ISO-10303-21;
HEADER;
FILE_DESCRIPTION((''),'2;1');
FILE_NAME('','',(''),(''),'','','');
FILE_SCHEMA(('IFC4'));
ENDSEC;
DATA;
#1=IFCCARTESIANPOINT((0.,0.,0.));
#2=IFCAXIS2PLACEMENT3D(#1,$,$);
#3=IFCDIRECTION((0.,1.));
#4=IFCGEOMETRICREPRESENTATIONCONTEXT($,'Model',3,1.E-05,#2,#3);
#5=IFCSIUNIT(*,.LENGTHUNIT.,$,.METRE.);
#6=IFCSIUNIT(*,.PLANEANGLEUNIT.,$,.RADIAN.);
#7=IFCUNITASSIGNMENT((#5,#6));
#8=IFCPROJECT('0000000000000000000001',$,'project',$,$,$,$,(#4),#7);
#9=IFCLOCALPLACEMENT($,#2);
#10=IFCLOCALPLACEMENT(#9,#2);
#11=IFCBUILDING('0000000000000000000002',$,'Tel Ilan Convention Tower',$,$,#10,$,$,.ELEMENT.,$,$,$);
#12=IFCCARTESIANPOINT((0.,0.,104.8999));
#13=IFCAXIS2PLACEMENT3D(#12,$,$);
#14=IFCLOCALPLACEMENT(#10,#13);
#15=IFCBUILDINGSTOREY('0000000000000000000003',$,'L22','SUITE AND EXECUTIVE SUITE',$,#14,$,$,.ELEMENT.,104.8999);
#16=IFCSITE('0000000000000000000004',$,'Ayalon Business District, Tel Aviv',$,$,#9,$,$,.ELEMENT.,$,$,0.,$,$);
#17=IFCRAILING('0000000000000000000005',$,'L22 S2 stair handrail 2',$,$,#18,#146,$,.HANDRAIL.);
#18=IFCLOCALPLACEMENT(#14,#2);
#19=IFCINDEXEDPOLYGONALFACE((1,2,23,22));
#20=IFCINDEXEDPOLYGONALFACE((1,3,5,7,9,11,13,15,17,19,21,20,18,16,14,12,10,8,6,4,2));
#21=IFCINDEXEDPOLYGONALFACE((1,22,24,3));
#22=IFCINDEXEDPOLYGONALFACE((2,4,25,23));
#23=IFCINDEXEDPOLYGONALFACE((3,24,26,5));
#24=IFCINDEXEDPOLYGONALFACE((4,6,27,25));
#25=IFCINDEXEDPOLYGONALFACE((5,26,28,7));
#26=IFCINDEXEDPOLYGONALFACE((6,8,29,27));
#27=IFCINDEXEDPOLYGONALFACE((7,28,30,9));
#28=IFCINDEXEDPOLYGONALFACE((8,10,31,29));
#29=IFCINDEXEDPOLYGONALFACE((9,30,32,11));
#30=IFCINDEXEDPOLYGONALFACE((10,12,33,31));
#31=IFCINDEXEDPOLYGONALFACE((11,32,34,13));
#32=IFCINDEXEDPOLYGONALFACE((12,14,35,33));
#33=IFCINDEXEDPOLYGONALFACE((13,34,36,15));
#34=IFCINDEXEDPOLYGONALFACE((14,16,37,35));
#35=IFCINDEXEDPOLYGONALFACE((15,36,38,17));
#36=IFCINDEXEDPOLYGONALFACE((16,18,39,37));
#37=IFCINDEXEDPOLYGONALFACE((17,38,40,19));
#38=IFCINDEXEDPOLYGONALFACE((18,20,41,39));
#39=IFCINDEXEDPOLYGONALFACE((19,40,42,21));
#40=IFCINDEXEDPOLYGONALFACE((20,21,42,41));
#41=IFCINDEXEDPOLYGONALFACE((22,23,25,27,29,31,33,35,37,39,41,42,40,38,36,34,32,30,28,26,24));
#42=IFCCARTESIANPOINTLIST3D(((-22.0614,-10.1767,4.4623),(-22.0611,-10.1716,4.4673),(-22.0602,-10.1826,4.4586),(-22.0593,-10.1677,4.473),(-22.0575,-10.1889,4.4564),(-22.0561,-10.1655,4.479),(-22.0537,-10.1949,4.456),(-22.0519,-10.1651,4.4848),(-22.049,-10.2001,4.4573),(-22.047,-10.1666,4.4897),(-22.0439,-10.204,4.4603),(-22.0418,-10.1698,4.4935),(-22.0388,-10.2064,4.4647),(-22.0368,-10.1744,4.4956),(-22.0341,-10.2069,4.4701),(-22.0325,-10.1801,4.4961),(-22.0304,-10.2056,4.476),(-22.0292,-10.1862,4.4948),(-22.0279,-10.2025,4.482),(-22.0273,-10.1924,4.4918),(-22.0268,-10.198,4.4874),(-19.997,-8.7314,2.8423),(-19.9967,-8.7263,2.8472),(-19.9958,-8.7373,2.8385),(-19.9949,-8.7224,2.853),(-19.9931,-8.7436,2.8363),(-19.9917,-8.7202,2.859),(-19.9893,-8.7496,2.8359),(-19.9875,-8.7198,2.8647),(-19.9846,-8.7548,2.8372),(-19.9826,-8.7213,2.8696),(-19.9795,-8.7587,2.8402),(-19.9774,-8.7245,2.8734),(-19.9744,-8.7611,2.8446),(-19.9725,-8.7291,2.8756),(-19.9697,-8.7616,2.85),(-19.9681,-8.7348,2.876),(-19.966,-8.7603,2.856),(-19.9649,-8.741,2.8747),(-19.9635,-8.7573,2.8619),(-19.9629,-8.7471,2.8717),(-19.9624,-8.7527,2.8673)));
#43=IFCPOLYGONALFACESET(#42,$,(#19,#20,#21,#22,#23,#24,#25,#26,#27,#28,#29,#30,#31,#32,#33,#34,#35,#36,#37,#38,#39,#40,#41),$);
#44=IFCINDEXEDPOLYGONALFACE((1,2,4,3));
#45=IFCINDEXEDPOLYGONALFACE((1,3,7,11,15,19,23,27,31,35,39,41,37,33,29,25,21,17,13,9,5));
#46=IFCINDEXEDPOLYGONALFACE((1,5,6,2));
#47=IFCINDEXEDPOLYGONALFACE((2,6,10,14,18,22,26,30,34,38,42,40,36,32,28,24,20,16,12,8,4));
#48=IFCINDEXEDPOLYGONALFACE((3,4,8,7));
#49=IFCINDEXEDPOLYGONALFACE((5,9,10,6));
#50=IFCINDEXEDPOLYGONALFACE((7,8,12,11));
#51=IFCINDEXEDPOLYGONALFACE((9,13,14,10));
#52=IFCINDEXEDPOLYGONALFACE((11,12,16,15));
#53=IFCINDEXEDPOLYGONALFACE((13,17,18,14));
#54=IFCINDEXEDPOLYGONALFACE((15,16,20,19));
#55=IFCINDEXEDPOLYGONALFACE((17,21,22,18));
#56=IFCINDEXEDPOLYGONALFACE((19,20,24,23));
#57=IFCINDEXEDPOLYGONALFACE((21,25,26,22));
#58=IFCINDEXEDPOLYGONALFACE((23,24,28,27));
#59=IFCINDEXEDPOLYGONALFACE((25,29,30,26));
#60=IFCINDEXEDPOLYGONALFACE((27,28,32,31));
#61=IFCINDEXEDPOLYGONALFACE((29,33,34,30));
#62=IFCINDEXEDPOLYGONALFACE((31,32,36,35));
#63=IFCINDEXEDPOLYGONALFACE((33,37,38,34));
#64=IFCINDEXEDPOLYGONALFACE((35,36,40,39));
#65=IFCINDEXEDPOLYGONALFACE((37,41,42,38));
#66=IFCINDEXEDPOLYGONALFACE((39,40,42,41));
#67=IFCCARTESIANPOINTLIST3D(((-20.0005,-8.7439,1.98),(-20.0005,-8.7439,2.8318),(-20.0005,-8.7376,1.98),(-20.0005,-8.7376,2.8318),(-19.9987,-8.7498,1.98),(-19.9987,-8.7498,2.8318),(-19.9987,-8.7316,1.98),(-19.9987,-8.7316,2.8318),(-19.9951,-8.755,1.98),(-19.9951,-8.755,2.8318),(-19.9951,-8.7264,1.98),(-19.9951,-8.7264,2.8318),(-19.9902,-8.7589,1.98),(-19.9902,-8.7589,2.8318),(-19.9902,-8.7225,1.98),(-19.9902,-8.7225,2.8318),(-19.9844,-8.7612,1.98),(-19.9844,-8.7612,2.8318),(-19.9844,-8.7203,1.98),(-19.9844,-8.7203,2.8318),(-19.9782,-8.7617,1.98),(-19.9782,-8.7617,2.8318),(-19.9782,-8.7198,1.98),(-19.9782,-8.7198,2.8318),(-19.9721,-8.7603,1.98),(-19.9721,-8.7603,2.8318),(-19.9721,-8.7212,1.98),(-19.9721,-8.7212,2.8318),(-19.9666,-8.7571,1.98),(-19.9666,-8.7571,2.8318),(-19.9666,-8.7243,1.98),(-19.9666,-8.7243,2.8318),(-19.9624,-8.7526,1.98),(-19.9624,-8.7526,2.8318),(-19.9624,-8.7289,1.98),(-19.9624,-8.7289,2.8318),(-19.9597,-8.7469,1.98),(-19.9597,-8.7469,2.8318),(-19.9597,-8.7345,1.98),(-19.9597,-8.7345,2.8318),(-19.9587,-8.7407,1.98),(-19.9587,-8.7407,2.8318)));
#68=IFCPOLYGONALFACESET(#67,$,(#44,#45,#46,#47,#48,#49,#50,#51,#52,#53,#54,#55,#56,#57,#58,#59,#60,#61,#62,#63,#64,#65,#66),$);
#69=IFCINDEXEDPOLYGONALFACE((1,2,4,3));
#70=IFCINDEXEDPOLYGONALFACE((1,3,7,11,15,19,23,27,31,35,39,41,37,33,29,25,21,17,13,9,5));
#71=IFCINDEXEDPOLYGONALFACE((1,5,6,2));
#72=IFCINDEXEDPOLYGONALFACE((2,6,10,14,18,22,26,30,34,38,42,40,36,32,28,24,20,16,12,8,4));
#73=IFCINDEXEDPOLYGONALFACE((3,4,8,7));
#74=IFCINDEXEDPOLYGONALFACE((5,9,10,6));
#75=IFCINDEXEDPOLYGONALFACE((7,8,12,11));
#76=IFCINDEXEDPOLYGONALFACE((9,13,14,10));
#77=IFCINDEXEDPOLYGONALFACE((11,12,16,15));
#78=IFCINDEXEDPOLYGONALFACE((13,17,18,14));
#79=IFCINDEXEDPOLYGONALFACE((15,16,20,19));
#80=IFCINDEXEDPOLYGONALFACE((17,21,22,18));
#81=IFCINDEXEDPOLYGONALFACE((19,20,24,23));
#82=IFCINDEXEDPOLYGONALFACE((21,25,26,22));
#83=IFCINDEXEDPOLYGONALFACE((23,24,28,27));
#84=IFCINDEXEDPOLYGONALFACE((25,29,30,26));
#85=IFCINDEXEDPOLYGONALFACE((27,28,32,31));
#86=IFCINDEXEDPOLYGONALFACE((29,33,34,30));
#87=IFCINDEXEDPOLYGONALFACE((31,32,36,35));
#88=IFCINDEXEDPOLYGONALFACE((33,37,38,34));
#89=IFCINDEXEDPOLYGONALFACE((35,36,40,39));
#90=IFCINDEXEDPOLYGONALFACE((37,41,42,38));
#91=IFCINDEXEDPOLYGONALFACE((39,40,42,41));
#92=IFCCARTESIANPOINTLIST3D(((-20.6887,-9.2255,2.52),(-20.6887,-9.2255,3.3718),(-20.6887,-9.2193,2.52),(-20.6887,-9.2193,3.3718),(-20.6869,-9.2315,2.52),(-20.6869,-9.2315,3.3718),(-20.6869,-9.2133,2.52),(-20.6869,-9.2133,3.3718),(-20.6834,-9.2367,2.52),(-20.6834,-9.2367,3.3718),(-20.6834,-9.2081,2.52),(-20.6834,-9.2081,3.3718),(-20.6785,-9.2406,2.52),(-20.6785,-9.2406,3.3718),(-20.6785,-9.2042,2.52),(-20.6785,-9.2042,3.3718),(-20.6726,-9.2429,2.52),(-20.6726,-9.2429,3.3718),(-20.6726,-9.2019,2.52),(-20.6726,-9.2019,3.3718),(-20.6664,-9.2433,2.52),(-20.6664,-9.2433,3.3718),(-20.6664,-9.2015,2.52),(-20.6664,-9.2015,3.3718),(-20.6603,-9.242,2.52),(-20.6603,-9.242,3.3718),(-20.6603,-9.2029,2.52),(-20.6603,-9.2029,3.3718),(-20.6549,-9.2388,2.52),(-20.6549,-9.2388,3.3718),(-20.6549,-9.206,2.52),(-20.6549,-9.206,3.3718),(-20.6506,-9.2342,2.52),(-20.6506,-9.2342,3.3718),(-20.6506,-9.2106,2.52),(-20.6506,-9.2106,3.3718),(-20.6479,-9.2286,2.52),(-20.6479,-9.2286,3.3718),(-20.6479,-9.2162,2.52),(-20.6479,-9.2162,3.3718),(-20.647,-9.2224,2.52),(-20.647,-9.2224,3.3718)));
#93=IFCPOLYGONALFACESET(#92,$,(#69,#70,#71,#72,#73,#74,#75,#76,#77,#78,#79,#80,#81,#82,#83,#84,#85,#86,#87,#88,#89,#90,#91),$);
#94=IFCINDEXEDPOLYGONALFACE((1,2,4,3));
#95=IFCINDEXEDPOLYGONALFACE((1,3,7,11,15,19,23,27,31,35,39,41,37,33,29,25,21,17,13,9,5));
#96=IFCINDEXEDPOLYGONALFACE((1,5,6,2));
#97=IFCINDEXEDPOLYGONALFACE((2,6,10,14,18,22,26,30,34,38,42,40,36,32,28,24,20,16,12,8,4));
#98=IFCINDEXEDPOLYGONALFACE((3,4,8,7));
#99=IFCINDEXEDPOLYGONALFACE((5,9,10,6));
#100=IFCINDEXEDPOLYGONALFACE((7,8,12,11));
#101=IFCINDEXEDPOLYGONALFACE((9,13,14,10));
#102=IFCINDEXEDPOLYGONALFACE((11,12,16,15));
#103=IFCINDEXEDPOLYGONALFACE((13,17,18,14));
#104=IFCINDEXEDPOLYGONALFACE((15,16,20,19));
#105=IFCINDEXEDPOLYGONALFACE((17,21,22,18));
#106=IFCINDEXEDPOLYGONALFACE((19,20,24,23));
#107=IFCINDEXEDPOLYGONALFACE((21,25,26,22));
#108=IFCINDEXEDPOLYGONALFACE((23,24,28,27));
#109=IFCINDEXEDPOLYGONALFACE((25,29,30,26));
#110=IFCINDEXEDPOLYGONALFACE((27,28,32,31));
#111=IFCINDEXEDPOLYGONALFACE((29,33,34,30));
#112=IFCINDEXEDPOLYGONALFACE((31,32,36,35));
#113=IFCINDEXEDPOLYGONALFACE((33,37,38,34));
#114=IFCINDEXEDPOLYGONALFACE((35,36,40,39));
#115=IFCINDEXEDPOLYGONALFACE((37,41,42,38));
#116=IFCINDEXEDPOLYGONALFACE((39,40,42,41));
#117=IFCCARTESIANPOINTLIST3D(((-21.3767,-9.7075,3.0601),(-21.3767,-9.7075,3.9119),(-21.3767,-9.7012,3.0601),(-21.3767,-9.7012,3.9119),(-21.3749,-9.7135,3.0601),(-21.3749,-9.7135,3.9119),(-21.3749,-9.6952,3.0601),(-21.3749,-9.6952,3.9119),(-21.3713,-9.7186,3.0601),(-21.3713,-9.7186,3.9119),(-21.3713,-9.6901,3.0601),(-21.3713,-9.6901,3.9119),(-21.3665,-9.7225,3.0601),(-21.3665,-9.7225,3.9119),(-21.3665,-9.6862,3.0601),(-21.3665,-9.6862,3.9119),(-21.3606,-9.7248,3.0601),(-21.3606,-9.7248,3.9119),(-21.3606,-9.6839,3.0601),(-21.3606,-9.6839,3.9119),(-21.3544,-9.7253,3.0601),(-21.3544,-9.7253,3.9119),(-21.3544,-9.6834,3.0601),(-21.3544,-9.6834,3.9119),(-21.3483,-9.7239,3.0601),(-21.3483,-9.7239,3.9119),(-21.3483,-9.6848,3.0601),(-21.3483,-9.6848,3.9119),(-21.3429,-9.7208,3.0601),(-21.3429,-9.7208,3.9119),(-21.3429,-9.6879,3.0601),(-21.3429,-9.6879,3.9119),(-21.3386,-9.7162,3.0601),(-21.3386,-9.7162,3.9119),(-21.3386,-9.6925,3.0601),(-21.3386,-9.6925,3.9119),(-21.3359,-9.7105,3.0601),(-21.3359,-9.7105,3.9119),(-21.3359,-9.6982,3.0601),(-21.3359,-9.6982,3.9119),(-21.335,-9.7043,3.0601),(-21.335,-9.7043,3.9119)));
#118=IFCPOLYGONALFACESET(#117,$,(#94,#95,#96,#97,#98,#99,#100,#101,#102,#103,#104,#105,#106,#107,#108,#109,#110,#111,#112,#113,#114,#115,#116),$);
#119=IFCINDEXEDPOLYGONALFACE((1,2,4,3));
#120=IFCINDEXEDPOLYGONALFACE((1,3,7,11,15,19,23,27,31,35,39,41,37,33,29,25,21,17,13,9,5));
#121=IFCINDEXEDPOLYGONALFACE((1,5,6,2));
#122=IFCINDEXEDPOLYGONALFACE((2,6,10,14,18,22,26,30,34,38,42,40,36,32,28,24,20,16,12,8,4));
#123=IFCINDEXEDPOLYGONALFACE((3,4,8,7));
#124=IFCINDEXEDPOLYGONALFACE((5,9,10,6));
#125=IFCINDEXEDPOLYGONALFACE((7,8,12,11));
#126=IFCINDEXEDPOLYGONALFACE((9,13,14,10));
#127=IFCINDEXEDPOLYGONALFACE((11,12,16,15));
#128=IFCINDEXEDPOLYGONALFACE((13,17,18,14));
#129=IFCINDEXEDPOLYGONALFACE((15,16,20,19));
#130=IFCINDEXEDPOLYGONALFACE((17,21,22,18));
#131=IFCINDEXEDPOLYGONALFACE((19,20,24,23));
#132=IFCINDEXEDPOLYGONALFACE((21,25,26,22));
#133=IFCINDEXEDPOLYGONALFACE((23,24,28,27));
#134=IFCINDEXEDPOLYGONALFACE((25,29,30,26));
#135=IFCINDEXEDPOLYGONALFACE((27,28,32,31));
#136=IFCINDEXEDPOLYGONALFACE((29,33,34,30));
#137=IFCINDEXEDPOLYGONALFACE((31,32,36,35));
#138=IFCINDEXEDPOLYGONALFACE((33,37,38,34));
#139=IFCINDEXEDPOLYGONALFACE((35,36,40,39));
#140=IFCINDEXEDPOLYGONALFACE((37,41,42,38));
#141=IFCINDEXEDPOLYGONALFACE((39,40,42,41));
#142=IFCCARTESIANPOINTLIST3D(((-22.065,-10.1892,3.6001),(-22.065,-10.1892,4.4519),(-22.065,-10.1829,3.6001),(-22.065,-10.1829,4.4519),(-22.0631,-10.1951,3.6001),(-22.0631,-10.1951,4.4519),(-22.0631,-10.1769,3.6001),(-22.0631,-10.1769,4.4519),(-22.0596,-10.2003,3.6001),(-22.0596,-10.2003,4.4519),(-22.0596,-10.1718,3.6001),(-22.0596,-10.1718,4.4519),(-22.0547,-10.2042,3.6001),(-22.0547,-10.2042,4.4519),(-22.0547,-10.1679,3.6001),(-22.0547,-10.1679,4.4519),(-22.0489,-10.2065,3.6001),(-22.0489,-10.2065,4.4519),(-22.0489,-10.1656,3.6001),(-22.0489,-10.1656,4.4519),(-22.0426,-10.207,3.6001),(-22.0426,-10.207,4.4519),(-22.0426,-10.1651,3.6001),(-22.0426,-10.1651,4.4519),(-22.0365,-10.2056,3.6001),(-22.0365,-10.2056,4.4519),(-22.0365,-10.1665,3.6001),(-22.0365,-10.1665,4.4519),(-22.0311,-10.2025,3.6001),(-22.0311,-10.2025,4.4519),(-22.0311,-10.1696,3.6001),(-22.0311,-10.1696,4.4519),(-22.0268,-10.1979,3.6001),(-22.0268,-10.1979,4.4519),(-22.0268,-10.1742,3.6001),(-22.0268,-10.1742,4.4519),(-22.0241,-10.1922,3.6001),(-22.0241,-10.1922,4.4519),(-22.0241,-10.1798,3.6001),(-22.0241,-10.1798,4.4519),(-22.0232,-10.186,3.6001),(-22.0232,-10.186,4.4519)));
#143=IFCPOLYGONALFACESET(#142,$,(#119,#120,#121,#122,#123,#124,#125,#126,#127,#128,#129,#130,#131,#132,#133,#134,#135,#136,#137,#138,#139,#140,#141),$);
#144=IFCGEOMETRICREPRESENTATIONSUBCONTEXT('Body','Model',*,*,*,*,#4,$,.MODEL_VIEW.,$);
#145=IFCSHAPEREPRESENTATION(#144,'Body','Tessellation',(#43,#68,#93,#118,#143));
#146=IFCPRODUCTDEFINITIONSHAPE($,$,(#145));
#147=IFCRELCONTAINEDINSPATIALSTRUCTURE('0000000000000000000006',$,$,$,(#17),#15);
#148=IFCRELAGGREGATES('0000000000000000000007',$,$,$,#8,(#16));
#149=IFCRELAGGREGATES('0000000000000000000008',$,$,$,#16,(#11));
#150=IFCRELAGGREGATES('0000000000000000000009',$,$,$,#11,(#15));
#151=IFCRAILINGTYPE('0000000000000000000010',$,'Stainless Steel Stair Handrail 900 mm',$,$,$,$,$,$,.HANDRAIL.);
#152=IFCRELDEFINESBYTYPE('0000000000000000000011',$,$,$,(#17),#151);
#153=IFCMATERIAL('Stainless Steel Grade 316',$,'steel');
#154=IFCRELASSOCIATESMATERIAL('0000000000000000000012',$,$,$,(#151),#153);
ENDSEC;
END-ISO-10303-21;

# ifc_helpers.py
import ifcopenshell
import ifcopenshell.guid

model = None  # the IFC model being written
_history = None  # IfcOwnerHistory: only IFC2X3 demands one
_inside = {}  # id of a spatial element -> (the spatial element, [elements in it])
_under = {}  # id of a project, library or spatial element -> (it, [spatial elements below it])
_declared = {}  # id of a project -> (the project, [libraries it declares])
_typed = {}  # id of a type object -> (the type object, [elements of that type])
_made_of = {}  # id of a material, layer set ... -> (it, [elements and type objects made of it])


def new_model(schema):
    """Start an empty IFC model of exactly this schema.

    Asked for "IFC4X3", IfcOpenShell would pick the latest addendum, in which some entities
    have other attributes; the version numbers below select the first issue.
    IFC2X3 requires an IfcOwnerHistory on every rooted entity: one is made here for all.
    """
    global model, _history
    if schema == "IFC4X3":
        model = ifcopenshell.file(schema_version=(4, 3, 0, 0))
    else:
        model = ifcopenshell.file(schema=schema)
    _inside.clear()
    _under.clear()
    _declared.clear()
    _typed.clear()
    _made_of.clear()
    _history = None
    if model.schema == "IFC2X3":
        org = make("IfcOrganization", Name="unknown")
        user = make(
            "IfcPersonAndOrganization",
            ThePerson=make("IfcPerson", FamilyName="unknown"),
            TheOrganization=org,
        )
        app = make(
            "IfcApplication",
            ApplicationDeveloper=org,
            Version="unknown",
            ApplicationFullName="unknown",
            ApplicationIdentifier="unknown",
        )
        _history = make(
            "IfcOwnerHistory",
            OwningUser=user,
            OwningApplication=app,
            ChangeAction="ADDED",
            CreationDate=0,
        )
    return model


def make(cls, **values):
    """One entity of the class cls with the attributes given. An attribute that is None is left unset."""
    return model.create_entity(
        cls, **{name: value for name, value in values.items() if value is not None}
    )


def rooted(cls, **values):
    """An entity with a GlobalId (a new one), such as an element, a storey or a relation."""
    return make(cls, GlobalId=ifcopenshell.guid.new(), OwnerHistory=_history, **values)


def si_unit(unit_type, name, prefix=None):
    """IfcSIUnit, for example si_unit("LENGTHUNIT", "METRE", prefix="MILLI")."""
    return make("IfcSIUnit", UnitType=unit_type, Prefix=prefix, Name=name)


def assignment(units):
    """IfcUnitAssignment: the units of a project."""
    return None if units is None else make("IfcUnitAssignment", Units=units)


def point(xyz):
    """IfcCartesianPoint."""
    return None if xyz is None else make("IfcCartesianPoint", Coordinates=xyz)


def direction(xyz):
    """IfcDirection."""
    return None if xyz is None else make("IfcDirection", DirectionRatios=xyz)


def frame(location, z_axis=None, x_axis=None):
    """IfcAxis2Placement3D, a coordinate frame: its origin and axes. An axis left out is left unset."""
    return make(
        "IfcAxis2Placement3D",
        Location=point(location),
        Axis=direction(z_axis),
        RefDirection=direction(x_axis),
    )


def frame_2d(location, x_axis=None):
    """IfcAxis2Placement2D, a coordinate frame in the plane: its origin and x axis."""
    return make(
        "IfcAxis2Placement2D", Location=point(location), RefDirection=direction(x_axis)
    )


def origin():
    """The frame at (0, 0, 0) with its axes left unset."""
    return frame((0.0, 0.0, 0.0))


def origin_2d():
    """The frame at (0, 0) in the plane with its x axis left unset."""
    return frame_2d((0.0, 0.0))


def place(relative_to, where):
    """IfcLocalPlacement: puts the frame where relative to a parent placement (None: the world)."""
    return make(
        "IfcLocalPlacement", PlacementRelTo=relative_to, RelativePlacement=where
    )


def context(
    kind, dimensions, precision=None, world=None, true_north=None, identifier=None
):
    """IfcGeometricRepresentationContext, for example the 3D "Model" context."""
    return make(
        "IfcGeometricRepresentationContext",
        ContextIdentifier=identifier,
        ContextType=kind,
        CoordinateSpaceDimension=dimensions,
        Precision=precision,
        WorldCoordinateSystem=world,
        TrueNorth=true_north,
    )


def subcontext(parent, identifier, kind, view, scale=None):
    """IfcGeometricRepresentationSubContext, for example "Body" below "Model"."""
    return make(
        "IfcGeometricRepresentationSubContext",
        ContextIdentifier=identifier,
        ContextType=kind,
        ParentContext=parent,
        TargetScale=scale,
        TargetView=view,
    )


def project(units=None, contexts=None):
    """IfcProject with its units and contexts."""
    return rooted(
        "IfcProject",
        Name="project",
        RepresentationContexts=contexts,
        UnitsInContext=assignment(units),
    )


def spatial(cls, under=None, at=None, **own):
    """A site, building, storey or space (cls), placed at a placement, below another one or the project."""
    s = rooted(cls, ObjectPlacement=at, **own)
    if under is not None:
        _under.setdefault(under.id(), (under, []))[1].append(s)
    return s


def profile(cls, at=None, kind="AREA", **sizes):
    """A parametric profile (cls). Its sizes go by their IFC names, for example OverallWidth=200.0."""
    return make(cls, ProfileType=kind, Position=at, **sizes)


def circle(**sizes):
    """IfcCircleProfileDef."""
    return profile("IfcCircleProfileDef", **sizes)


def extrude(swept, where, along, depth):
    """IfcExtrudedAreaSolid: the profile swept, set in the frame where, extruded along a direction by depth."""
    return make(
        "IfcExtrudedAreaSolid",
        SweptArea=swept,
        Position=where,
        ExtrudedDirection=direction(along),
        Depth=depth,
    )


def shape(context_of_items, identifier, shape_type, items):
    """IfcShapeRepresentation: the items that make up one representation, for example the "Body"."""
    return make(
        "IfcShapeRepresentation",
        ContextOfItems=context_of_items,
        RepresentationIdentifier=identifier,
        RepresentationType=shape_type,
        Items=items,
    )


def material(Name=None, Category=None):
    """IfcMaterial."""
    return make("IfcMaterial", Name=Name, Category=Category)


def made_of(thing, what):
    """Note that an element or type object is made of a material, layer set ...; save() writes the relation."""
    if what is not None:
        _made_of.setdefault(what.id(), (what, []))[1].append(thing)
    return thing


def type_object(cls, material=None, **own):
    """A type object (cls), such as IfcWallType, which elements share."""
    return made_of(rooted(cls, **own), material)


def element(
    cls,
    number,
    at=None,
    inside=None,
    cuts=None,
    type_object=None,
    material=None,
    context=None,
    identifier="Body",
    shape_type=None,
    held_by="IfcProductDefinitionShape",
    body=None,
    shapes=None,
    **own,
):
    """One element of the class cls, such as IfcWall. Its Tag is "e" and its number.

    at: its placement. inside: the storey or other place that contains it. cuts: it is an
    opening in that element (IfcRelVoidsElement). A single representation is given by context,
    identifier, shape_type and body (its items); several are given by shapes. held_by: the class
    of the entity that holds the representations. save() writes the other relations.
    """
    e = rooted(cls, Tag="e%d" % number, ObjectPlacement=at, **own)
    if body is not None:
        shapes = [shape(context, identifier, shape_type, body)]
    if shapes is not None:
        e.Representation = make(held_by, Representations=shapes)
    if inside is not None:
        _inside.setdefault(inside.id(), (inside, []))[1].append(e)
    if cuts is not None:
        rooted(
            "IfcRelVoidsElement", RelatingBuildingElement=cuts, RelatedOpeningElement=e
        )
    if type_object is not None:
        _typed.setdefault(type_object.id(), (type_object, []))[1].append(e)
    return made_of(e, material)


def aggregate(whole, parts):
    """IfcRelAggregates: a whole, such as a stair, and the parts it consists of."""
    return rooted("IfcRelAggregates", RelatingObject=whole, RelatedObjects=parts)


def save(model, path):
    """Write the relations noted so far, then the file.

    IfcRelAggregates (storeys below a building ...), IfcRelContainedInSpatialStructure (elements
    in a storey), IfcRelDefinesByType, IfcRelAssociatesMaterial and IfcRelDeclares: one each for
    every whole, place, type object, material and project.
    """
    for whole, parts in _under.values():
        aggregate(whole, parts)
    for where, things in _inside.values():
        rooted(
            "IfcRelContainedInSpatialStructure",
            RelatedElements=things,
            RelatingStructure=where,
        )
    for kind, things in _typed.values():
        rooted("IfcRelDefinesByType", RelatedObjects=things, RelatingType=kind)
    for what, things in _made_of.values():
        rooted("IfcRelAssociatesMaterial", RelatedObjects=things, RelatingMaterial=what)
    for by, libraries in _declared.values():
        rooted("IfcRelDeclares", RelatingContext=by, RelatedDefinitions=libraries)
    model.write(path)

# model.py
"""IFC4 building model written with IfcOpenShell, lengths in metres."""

from ifc_helpers import new_model, si_unit, direction, frame, origin, origin_2d, place, context, subcontext, project, spatial, circle, extrude, material, type_object, element, save


model = new_model("IFC4")

# Units and contexts
model_context = context("Model", 3, precision=1e-05, world=origin(), true_north=direction((0.0, 1.0)))
body_context = subcontext(model_context, "Body", "Model", "MODEL_VIEW")
ifc_project = project(units=[si_unit("LENGTHUNIT", "METRE"), si_unit("PLANEANGLEUNIT", "RADIAN")], contexts=[model_context])

# Site, building, storey
site_placement = place(None, origin())
site = spatial("IfcSite", under=ifc_project, at=site_placement, Name="Ayalon Business District, Tel Aviv", CompositionType="ELEMENT", RefElevation=0.0)
building_placement = place(site_placement, origin())
building = spatial("IfcBuilding", under=site, at=building_placement, Name="Tel Ilan Convention Tower", CompositionType="ELEMENT")
storey_placement = place(building_placement, frame((0.0, 0.0, 104.8999)))
storey = spatial("IfcBuildingStorey", under=building, at=storey_placement, Name="L22", Description="SUITE AND EXECUTIVE SUITE", CompositionType="ELEMENT", Elevation=104.8999)

# Railing
ifc_material_1 = material(Name="Stainless Steel Grade 316", Category="steel")
railing_type_1 = type_object("IfcRailingType", Name="Stainless Steel Stair Handrail 900 mm", PredefinedType="HANDRAIL", material=ifc_material_1)
railing_1_placement = place(storey_placement, frame((-19.9797, -8.7407, 1.98)))
element("IfcRailing", 1, at=railing_1_placement, inside=storey, type_object=railing_type_1, Name="L22 S2 stair handrail 2", PredefinedType="HANDRAIL", context=body_context, shape_type="SweptSolid", body=[
    extrude(circle(Radius=0.0239, at=origin_2d()), frame((0.0, 0.0, 0.876), z_axis=(-0.689083, -0.482423, 0.54077), x_axis=(0.573514, -0.819196, 0.0)), (0.0, 0.0, 1.0), 2.9958),
    extrude(circle(Radius=0.021, at=origin_2d()), origin(), (0.0, 0.0, 1.0), 0.8518),
    extrude(circle(Radius=0.021, at=origin_2d()), frame((-0.6882, -0.4817, 0.54)), (0.0, 0.0, 1.0), 0.8518),
    extrude(circle(Radius=0.021, at=origin_2d()), frame((-1.3762, -0.9636, 1.0801)), (0.0, 0.0, 1.0), 0.8518),
    extrude(circle(Radius=0.021, at=origin_2d()), frame((-2.0645, -1.4453, 1.6201)), (0.0, 0.0, 1.0), 0.8518),
])

save(model, "model.ifc")
